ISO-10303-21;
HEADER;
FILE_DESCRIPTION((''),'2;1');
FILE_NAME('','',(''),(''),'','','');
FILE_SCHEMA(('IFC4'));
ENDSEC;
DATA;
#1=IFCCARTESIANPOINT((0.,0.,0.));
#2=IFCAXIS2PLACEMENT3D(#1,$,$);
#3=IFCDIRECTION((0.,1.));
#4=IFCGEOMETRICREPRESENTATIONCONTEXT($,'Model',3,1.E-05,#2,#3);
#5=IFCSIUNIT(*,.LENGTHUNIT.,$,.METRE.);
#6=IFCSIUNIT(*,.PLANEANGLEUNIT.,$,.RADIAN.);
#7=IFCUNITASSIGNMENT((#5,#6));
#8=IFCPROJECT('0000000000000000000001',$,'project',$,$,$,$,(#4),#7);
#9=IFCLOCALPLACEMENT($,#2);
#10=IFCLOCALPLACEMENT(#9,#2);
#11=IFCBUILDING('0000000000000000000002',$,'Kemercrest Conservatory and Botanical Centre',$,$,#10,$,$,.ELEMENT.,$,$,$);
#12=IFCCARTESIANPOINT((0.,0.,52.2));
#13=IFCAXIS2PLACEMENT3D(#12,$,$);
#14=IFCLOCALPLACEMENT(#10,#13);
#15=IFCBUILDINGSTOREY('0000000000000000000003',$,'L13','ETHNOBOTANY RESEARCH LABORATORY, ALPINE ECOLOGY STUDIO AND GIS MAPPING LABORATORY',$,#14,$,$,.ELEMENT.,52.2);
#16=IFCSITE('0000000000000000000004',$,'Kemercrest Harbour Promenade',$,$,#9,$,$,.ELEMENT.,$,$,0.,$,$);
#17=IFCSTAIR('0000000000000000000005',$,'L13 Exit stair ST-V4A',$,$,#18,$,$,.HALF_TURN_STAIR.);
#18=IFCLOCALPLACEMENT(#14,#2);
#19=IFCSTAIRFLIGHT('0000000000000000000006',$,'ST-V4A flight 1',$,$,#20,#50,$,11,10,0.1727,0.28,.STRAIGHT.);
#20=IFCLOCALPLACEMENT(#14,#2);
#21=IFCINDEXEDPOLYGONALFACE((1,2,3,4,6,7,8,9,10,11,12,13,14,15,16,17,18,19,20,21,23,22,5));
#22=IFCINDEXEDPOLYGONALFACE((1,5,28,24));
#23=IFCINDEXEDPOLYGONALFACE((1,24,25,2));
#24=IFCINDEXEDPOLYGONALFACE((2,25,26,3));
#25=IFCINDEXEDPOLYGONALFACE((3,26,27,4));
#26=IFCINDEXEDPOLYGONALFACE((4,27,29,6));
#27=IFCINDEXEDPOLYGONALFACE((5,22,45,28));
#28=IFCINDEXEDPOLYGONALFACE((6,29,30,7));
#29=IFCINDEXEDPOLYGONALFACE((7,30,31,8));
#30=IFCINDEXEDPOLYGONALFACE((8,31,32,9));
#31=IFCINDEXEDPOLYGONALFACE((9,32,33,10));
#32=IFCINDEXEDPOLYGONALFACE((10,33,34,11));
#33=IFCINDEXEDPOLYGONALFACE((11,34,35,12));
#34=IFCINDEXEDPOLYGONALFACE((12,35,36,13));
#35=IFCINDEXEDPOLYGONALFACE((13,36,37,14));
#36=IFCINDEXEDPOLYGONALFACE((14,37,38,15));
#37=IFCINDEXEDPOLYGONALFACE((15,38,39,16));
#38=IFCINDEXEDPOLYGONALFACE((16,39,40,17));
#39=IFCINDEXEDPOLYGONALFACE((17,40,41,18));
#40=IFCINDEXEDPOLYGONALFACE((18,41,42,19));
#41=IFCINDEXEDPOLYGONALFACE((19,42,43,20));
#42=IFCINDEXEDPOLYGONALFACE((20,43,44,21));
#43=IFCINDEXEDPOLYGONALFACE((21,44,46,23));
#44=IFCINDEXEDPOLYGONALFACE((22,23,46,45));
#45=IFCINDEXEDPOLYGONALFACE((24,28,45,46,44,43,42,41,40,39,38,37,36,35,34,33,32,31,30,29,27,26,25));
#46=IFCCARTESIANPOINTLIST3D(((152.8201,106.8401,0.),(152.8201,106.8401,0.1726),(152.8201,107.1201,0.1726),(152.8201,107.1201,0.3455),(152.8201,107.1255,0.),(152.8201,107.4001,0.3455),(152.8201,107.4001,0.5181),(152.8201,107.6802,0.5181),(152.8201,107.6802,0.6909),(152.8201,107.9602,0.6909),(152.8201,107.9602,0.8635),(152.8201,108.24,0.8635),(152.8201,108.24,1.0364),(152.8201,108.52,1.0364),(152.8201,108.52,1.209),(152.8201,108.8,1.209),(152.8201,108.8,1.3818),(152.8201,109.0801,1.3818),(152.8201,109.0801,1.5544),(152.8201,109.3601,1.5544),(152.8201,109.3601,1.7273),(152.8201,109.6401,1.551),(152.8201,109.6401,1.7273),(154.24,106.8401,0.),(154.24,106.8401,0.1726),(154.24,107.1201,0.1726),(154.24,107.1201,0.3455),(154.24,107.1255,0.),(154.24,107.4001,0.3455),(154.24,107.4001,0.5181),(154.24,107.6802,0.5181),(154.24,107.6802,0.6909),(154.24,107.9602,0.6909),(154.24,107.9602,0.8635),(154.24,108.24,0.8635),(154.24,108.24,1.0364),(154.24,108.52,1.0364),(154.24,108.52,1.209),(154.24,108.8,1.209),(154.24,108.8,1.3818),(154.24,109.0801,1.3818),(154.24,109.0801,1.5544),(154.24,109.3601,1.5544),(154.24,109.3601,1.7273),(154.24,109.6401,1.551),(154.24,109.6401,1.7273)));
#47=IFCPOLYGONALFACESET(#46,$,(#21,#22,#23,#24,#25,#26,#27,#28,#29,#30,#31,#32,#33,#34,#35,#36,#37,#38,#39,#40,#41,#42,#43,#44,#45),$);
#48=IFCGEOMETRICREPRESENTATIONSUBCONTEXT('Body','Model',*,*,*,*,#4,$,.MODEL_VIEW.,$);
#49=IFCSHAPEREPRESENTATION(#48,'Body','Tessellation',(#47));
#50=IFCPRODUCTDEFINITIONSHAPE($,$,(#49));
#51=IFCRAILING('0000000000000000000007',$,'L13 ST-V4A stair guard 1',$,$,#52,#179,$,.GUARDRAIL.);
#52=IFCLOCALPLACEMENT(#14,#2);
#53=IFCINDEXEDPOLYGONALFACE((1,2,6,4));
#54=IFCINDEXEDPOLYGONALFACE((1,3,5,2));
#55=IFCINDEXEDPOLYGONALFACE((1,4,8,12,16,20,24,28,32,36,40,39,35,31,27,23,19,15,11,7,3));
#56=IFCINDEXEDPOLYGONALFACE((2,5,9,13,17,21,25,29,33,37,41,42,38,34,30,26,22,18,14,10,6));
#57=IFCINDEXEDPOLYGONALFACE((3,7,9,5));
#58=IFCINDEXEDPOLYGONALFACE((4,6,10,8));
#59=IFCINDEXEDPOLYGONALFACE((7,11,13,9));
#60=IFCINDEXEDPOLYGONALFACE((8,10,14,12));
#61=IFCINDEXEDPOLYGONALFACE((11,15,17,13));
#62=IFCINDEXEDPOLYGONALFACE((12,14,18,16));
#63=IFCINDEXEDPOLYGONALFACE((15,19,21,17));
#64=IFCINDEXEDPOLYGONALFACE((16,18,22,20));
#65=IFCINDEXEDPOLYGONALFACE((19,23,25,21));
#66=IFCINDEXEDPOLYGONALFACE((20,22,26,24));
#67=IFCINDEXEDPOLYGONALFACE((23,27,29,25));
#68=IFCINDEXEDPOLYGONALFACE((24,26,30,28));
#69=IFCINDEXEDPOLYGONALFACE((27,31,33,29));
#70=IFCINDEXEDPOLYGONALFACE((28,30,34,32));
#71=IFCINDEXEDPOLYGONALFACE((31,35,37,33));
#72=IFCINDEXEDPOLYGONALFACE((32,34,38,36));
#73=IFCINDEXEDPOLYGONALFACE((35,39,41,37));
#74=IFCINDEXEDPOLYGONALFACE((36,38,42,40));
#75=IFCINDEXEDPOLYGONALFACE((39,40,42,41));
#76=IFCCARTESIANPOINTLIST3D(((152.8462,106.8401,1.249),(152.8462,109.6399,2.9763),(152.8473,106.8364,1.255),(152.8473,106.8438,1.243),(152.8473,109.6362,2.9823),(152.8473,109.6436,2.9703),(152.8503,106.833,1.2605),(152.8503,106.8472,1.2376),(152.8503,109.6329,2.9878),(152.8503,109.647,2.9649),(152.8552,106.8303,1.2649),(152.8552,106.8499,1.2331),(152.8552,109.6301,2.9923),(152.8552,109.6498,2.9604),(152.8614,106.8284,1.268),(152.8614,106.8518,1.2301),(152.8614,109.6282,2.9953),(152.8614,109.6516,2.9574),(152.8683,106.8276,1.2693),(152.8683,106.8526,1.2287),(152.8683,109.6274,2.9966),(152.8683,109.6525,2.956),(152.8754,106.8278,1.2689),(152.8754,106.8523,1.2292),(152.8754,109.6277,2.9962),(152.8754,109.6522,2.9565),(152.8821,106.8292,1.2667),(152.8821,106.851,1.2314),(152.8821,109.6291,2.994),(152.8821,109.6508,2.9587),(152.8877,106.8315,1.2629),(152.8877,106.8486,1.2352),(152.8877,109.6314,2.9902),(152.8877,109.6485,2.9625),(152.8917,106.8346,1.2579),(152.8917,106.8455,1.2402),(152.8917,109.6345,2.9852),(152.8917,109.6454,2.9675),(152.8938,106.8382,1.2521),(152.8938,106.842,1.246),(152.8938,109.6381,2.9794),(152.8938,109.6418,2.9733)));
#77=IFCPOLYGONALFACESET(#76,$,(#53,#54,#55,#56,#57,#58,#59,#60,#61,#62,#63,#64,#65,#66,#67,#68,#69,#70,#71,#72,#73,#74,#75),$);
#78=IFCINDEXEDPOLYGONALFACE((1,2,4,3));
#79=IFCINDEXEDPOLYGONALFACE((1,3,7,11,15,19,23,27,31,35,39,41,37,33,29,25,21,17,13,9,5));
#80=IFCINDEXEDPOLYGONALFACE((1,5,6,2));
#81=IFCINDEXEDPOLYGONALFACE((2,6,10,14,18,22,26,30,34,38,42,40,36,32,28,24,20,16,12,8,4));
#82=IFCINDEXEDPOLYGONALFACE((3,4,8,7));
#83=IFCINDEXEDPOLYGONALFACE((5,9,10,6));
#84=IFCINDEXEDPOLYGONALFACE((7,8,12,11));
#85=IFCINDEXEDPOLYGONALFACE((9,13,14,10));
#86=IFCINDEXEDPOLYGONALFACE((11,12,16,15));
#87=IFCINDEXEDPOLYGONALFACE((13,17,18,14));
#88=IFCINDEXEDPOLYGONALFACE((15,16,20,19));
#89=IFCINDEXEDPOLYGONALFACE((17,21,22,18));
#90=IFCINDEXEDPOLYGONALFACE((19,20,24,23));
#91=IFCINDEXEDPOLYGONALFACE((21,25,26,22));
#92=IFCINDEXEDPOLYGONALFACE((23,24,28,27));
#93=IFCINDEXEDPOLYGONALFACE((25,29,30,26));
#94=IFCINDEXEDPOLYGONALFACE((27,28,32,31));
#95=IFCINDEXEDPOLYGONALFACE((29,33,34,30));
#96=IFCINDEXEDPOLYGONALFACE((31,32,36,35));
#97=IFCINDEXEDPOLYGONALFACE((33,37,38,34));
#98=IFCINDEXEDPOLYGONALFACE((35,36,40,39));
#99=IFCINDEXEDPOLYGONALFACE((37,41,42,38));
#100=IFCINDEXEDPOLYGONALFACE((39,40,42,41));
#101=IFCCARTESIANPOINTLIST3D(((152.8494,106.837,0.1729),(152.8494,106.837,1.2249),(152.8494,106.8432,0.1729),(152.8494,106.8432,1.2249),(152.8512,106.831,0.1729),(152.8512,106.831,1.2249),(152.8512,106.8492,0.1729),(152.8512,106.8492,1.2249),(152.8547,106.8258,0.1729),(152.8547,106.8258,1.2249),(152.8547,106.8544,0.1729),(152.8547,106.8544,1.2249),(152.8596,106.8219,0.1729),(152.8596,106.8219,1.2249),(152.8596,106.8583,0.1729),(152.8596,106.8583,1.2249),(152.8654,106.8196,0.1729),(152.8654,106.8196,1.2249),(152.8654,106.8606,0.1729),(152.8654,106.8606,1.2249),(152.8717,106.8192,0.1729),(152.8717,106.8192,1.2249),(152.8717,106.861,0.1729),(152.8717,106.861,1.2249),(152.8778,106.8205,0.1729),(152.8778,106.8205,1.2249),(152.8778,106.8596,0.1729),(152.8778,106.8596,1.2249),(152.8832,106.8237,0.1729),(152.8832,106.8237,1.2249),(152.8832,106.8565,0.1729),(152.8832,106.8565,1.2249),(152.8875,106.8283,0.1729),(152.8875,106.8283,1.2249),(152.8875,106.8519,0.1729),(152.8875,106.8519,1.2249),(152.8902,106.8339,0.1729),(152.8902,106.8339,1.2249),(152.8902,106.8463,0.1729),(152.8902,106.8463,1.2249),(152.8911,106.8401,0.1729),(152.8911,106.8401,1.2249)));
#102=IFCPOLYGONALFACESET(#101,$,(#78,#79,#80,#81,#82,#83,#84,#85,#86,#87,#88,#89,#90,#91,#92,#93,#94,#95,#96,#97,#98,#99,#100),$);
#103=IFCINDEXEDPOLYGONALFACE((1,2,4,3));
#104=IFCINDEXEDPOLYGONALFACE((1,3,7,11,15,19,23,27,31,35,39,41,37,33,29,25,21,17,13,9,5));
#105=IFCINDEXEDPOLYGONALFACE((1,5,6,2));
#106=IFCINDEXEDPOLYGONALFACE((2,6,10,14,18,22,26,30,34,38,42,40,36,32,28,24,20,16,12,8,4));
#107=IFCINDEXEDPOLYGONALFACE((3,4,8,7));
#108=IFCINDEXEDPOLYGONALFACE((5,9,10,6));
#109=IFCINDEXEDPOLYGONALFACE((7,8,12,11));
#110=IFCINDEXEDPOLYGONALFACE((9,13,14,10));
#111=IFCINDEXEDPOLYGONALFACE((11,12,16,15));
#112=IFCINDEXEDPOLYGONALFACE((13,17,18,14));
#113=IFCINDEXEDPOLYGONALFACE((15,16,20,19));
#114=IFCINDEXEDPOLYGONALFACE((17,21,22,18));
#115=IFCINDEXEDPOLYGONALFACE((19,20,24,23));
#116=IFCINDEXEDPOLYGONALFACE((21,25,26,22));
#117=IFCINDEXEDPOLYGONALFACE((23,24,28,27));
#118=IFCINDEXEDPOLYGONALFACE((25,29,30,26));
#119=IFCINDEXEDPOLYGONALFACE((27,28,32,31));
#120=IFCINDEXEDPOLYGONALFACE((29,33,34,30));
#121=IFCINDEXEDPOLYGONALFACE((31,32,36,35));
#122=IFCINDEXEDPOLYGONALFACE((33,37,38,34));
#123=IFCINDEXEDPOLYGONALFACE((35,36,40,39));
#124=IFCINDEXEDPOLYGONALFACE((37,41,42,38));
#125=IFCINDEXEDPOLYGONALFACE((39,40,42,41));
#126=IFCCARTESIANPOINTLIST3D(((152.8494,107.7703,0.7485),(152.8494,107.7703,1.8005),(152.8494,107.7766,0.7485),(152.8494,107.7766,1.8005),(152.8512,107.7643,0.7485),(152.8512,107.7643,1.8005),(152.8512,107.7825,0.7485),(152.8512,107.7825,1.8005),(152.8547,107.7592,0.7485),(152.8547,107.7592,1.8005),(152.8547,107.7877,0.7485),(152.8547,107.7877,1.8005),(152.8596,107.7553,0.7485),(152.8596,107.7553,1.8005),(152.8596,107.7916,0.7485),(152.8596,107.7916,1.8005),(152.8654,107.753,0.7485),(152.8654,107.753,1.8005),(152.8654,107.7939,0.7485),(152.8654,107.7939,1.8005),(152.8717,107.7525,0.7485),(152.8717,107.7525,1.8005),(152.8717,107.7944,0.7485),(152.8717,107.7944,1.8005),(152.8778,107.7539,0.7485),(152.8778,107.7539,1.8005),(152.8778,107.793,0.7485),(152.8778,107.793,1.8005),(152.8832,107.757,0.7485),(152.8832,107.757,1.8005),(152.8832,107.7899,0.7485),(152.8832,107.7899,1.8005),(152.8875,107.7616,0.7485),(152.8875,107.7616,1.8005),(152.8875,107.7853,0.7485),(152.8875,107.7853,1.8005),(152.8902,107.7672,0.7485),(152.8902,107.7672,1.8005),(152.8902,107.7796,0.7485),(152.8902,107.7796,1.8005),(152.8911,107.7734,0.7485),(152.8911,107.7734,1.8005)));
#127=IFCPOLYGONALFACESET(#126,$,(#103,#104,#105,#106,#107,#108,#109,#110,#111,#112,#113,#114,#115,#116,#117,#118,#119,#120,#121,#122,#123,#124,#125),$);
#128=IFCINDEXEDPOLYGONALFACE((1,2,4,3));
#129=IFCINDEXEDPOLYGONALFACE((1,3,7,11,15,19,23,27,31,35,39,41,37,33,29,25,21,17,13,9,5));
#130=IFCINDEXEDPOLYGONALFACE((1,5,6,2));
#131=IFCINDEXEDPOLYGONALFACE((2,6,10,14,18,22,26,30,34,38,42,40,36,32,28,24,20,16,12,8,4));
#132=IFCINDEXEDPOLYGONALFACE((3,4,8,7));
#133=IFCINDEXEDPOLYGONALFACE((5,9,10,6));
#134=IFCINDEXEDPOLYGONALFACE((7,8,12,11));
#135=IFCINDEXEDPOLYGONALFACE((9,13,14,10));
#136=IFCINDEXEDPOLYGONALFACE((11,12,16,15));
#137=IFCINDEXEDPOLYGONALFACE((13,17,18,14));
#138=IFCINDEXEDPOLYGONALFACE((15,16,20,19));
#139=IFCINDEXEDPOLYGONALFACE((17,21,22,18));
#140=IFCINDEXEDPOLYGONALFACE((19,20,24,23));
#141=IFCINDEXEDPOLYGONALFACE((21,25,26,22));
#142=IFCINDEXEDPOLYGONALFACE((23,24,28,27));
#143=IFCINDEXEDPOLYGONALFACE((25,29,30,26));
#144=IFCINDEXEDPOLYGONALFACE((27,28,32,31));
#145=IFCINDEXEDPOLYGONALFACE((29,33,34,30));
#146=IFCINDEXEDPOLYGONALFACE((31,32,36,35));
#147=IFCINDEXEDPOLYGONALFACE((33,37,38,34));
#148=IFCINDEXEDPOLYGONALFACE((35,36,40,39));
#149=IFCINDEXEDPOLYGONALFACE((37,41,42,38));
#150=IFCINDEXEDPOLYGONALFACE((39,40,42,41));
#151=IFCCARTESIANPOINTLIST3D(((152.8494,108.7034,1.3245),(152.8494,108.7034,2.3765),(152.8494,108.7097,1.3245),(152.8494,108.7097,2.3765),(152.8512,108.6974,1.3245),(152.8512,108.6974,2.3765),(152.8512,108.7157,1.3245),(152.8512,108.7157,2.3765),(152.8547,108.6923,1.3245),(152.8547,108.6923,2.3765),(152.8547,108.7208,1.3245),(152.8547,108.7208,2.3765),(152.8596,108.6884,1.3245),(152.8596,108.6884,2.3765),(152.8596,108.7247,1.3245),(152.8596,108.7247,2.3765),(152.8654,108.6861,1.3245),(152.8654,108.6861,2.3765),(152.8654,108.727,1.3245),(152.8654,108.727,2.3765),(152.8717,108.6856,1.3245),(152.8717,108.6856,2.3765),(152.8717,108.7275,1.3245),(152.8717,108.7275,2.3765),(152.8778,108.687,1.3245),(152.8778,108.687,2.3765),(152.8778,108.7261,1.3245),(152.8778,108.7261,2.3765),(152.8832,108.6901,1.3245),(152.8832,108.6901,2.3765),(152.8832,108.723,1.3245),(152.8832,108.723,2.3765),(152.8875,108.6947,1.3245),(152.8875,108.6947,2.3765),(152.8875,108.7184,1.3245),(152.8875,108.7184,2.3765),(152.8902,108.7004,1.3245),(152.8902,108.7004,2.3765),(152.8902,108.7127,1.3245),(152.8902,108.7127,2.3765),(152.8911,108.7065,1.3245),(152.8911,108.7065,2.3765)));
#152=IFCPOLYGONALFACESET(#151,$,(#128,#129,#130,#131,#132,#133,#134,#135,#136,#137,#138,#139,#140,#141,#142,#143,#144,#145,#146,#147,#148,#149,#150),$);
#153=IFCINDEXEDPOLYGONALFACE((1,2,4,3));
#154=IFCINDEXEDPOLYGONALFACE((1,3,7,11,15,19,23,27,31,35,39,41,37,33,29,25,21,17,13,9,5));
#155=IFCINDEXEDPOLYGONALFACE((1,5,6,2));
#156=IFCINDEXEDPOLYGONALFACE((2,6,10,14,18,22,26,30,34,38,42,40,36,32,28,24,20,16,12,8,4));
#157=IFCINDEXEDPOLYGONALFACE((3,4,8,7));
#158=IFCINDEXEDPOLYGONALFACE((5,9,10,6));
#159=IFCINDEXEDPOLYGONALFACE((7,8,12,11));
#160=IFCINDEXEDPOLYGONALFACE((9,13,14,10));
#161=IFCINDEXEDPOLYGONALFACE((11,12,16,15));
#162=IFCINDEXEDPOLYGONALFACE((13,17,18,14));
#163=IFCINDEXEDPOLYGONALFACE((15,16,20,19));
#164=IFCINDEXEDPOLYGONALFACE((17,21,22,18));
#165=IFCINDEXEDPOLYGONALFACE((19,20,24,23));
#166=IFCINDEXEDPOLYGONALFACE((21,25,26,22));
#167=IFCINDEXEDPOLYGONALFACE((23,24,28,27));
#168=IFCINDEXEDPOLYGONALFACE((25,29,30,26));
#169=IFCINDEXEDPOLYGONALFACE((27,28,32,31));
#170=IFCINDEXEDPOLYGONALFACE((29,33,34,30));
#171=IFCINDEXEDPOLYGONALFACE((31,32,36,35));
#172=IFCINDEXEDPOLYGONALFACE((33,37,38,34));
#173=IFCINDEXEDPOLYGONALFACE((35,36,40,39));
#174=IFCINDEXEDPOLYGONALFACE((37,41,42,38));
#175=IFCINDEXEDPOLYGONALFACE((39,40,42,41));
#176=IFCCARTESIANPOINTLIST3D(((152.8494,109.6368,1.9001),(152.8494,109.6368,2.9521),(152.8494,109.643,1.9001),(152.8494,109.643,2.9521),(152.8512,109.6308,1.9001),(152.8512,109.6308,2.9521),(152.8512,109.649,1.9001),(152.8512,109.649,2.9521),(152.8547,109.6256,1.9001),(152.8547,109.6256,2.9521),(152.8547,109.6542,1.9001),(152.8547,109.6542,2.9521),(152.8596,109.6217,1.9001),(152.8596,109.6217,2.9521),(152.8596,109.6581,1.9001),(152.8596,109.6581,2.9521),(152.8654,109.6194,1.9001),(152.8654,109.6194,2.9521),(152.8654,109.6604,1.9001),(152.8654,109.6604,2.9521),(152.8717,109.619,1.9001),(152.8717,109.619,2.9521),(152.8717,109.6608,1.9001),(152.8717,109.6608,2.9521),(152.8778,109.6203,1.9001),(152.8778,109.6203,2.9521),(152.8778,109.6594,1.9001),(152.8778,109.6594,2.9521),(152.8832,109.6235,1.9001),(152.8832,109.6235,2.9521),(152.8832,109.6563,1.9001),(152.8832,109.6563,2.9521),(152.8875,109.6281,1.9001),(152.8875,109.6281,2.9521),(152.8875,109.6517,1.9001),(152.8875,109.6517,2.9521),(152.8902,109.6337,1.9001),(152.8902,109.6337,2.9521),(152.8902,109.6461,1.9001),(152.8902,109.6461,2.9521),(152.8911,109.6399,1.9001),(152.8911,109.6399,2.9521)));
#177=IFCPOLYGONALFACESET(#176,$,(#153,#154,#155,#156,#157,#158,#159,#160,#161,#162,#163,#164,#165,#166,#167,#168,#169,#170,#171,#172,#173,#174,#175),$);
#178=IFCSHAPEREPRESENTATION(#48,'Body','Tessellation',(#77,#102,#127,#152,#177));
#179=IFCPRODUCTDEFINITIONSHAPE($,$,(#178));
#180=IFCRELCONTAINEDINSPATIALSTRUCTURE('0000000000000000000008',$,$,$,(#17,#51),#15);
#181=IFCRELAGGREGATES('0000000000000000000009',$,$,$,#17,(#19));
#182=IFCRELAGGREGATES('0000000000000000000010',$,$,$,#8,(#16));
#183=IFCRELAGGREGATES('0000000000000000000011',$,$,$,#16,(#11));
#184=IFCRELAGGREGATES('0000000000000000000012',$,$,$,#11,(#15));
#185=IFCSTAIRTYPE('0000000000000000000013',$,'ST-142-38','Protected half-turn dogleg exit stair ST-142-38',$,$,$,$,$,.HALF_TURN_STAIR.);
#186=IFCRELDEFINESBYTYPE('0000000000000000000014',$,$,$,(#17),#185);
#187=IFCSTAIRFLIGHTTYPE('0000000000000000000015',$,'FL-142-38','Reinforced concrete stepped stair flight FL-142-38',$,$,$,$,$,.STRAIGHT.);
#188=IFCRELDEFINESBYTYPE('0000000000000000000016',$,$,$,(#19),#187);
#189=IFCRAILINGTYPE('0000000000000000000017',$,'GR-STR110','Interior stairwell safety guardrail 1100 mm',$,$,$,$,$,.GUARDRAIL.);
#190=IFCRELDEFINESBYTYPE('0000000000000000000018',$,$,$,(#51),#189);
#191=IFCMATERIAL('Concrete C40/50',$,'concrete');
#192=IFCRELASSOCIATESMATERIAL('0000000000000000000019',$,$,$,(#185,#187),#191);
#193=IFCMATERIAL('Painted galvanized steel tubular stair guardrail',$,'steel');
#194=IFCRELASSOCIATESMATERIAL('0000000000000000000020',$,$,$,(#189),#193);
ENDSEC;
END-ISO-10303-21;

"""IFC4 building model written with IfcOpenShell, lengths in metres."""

from ifc_helpers import new_model, si_unit, direction, frame, origin, origin_2d, place, context, subcontext, project, spatial, polyline, circle, outline, extrude, material, type_object, element, aggregate, save


model = new_model("IFC4")

# Units and contexts
model_context = context("Model", 3, precision=1e-05, world=origin(), true_north=direction((0.0, 1.0)))
body_context = subcontext(model_context, "Body", "Model", "MODEL_VIEW")
ifc_project = project(units=[si_unit("LENGTHUNIT", "METRE"), si_unit("PLANEANGLEUNIT", "RADIAN")], contexts=[model_context])

# Site, building, storey
site_placement = place(None, origin())
site = spatial("IfcSite", under=ifc_project, at=site_placement, Name="Kemercrest Harbour Promenade", CompositionType="ELEMENT", RefElevation=0.0)
building_placement = place(site_placement, origin())
building = spatial("IfcBuilding", under=site, at=building_placement, Name="Kemercrest Conservatory and Botanical Centre", CompositionType="ELEMENT")
storey_placement = place(building_placement, frame((0.0, 0.0, 52.2)))
storey = spatial("IfcBuildingStorey", under=building, at=storey_placement, Name="L13", Description="ETHNOBOTANY RESEARCH LABORATORY, ALPINE ECOLOGY STUDIO AND GIS MAPPING LABORATORY", CompositionType="ELEMENT", Elevation=52.2)

# Shared definitions
ifc_material_1 = material(Name="Concrete C40/50", Category="concrete")

# Stair, stair flight
stair_type = type_object("IfcStairType", Name="ST-142-38", Description="Protected half-turn dogleg exit stair ST-142-38", PredefinedType="HALF_TURN_STAIR", material=ifc_material_1)
stair_placement = place(storey_placement, origin())
stair = element("IfcStair", 1, at=stair_placement, inside=storey, type_object=stair_type, Name="L13 Exit stair ST-V4A", PredefinedType="HALF_TURN_STAIR")
stair_flight_type = type_object("IfcStairFlightType", Name="FL-142-38", Description="Reinforced concrete stepped stair flight FL-142-38", PredefinedType="STRAIGHT", material=ifc_material_1)
stair_flight_placement = place(storey_placement, frame((153.53, 106.8401, 0.0), z_axis=(0.0, 0.0, 1.0), x_axis=(0.0, 1.0, 0.0)))
stair_flight = element("IfcStairFlight", 2, at=stair_flight_placement, type_object=stair_flight_type, Name="ST-V4A flight 1", NumberOfRisers=11, NumberOfTreads=10, PredefinedType="STRAIGHT", RiserHeight=0.1727, TreadLength=0.28, context=body_context, shape_type="SweptSolid", body=[
    extrude(outline(polyline([(0.0, 0.0), (0.0, 0.1726), (0.28, 0.1726), (0.28, 0.3455), (0.5601, 0.3455), (0.5601, 0.5181), (0.8401, 0.5181), (0.8401, 0.6909), (1.1201, 0.6909), (1.1201, 0.8635), (1.3999, 0.8635), (1.3999, 1.0364), (1.6799, 1.0364), (1.6799, 1.209), (1.96, 1.209), (1.96, 1.3818), (2.24, 1.3818), (2.24, 1.5544), (2.52, 1.5544), (2.52, 1.7273), (2.8, 1.7273), (2.8, 1.8999), (2.8, 1.551), (0.2854, 0.0), (0.0, 0.0)])), frame((0.0, 0.71, 0.0), z_axis=(0.0, -1.0, 0.0), x_axis=(1.0, 0.0, 0.0)), (0.0, 0.0, 1.0), 1.4199),
])
aggregate(stair, [stair_flight])

# Railing
ifc_material_2 = material(Name="Painted galvanized steel tubular stair guardrail", Category="steel")
railing_type = type_object("IfcRailingType", Name="GR-STR110", Description="Interior stairwell safety guardrail 1100 mm", PredefinedType="GUARDRAIL", material=ifc_material_2)
railing_1_placement = place(storey_placement, frame((152.8701, 106.8401, 0.1729)))
element("IfcRailing", 3, at=railing_1_placement, inside=storey, type_object=railing_type, Name="L13 ST-V4A stair guard 1", PredefinedType="GUARDRAIL", context=body_context, shape_type="SweptSolid", body=[
    extrude(circle(Radius=0.0239, at=origin_2d()), frame((0.0, 0.0, 1.0762), z_axis=(0.0, 0.851069, 0.525054), x_axis=(-1.0, 0.0, 0.0)), (0.0, 0.0, 1.0), 3.2898),
    extrude(circle(Radius=0.021, at=origin_2d()), origin(), (0.0, 0.0, 1.0), 1.052),
    extrude(circle(Radius=0.021, at=origin_2d()), frame((0.0, 0.9333, 0.5757)), (0.0, 0.0, 1.0), 1.052),
    extrude(circle(Radius=0.021, at=origin_2d()), frame((0.0, 1.8665, 1.1516)), (0.0, 0.0, 1.0), 1.052),
    extrude(circle(Radius=0.021, at=origin_2d()), frame((0.0, 2.7998, 1.7273)), (0.0, 0.0, 1.0), 1.052),
])

save(model, "model.ifc")
